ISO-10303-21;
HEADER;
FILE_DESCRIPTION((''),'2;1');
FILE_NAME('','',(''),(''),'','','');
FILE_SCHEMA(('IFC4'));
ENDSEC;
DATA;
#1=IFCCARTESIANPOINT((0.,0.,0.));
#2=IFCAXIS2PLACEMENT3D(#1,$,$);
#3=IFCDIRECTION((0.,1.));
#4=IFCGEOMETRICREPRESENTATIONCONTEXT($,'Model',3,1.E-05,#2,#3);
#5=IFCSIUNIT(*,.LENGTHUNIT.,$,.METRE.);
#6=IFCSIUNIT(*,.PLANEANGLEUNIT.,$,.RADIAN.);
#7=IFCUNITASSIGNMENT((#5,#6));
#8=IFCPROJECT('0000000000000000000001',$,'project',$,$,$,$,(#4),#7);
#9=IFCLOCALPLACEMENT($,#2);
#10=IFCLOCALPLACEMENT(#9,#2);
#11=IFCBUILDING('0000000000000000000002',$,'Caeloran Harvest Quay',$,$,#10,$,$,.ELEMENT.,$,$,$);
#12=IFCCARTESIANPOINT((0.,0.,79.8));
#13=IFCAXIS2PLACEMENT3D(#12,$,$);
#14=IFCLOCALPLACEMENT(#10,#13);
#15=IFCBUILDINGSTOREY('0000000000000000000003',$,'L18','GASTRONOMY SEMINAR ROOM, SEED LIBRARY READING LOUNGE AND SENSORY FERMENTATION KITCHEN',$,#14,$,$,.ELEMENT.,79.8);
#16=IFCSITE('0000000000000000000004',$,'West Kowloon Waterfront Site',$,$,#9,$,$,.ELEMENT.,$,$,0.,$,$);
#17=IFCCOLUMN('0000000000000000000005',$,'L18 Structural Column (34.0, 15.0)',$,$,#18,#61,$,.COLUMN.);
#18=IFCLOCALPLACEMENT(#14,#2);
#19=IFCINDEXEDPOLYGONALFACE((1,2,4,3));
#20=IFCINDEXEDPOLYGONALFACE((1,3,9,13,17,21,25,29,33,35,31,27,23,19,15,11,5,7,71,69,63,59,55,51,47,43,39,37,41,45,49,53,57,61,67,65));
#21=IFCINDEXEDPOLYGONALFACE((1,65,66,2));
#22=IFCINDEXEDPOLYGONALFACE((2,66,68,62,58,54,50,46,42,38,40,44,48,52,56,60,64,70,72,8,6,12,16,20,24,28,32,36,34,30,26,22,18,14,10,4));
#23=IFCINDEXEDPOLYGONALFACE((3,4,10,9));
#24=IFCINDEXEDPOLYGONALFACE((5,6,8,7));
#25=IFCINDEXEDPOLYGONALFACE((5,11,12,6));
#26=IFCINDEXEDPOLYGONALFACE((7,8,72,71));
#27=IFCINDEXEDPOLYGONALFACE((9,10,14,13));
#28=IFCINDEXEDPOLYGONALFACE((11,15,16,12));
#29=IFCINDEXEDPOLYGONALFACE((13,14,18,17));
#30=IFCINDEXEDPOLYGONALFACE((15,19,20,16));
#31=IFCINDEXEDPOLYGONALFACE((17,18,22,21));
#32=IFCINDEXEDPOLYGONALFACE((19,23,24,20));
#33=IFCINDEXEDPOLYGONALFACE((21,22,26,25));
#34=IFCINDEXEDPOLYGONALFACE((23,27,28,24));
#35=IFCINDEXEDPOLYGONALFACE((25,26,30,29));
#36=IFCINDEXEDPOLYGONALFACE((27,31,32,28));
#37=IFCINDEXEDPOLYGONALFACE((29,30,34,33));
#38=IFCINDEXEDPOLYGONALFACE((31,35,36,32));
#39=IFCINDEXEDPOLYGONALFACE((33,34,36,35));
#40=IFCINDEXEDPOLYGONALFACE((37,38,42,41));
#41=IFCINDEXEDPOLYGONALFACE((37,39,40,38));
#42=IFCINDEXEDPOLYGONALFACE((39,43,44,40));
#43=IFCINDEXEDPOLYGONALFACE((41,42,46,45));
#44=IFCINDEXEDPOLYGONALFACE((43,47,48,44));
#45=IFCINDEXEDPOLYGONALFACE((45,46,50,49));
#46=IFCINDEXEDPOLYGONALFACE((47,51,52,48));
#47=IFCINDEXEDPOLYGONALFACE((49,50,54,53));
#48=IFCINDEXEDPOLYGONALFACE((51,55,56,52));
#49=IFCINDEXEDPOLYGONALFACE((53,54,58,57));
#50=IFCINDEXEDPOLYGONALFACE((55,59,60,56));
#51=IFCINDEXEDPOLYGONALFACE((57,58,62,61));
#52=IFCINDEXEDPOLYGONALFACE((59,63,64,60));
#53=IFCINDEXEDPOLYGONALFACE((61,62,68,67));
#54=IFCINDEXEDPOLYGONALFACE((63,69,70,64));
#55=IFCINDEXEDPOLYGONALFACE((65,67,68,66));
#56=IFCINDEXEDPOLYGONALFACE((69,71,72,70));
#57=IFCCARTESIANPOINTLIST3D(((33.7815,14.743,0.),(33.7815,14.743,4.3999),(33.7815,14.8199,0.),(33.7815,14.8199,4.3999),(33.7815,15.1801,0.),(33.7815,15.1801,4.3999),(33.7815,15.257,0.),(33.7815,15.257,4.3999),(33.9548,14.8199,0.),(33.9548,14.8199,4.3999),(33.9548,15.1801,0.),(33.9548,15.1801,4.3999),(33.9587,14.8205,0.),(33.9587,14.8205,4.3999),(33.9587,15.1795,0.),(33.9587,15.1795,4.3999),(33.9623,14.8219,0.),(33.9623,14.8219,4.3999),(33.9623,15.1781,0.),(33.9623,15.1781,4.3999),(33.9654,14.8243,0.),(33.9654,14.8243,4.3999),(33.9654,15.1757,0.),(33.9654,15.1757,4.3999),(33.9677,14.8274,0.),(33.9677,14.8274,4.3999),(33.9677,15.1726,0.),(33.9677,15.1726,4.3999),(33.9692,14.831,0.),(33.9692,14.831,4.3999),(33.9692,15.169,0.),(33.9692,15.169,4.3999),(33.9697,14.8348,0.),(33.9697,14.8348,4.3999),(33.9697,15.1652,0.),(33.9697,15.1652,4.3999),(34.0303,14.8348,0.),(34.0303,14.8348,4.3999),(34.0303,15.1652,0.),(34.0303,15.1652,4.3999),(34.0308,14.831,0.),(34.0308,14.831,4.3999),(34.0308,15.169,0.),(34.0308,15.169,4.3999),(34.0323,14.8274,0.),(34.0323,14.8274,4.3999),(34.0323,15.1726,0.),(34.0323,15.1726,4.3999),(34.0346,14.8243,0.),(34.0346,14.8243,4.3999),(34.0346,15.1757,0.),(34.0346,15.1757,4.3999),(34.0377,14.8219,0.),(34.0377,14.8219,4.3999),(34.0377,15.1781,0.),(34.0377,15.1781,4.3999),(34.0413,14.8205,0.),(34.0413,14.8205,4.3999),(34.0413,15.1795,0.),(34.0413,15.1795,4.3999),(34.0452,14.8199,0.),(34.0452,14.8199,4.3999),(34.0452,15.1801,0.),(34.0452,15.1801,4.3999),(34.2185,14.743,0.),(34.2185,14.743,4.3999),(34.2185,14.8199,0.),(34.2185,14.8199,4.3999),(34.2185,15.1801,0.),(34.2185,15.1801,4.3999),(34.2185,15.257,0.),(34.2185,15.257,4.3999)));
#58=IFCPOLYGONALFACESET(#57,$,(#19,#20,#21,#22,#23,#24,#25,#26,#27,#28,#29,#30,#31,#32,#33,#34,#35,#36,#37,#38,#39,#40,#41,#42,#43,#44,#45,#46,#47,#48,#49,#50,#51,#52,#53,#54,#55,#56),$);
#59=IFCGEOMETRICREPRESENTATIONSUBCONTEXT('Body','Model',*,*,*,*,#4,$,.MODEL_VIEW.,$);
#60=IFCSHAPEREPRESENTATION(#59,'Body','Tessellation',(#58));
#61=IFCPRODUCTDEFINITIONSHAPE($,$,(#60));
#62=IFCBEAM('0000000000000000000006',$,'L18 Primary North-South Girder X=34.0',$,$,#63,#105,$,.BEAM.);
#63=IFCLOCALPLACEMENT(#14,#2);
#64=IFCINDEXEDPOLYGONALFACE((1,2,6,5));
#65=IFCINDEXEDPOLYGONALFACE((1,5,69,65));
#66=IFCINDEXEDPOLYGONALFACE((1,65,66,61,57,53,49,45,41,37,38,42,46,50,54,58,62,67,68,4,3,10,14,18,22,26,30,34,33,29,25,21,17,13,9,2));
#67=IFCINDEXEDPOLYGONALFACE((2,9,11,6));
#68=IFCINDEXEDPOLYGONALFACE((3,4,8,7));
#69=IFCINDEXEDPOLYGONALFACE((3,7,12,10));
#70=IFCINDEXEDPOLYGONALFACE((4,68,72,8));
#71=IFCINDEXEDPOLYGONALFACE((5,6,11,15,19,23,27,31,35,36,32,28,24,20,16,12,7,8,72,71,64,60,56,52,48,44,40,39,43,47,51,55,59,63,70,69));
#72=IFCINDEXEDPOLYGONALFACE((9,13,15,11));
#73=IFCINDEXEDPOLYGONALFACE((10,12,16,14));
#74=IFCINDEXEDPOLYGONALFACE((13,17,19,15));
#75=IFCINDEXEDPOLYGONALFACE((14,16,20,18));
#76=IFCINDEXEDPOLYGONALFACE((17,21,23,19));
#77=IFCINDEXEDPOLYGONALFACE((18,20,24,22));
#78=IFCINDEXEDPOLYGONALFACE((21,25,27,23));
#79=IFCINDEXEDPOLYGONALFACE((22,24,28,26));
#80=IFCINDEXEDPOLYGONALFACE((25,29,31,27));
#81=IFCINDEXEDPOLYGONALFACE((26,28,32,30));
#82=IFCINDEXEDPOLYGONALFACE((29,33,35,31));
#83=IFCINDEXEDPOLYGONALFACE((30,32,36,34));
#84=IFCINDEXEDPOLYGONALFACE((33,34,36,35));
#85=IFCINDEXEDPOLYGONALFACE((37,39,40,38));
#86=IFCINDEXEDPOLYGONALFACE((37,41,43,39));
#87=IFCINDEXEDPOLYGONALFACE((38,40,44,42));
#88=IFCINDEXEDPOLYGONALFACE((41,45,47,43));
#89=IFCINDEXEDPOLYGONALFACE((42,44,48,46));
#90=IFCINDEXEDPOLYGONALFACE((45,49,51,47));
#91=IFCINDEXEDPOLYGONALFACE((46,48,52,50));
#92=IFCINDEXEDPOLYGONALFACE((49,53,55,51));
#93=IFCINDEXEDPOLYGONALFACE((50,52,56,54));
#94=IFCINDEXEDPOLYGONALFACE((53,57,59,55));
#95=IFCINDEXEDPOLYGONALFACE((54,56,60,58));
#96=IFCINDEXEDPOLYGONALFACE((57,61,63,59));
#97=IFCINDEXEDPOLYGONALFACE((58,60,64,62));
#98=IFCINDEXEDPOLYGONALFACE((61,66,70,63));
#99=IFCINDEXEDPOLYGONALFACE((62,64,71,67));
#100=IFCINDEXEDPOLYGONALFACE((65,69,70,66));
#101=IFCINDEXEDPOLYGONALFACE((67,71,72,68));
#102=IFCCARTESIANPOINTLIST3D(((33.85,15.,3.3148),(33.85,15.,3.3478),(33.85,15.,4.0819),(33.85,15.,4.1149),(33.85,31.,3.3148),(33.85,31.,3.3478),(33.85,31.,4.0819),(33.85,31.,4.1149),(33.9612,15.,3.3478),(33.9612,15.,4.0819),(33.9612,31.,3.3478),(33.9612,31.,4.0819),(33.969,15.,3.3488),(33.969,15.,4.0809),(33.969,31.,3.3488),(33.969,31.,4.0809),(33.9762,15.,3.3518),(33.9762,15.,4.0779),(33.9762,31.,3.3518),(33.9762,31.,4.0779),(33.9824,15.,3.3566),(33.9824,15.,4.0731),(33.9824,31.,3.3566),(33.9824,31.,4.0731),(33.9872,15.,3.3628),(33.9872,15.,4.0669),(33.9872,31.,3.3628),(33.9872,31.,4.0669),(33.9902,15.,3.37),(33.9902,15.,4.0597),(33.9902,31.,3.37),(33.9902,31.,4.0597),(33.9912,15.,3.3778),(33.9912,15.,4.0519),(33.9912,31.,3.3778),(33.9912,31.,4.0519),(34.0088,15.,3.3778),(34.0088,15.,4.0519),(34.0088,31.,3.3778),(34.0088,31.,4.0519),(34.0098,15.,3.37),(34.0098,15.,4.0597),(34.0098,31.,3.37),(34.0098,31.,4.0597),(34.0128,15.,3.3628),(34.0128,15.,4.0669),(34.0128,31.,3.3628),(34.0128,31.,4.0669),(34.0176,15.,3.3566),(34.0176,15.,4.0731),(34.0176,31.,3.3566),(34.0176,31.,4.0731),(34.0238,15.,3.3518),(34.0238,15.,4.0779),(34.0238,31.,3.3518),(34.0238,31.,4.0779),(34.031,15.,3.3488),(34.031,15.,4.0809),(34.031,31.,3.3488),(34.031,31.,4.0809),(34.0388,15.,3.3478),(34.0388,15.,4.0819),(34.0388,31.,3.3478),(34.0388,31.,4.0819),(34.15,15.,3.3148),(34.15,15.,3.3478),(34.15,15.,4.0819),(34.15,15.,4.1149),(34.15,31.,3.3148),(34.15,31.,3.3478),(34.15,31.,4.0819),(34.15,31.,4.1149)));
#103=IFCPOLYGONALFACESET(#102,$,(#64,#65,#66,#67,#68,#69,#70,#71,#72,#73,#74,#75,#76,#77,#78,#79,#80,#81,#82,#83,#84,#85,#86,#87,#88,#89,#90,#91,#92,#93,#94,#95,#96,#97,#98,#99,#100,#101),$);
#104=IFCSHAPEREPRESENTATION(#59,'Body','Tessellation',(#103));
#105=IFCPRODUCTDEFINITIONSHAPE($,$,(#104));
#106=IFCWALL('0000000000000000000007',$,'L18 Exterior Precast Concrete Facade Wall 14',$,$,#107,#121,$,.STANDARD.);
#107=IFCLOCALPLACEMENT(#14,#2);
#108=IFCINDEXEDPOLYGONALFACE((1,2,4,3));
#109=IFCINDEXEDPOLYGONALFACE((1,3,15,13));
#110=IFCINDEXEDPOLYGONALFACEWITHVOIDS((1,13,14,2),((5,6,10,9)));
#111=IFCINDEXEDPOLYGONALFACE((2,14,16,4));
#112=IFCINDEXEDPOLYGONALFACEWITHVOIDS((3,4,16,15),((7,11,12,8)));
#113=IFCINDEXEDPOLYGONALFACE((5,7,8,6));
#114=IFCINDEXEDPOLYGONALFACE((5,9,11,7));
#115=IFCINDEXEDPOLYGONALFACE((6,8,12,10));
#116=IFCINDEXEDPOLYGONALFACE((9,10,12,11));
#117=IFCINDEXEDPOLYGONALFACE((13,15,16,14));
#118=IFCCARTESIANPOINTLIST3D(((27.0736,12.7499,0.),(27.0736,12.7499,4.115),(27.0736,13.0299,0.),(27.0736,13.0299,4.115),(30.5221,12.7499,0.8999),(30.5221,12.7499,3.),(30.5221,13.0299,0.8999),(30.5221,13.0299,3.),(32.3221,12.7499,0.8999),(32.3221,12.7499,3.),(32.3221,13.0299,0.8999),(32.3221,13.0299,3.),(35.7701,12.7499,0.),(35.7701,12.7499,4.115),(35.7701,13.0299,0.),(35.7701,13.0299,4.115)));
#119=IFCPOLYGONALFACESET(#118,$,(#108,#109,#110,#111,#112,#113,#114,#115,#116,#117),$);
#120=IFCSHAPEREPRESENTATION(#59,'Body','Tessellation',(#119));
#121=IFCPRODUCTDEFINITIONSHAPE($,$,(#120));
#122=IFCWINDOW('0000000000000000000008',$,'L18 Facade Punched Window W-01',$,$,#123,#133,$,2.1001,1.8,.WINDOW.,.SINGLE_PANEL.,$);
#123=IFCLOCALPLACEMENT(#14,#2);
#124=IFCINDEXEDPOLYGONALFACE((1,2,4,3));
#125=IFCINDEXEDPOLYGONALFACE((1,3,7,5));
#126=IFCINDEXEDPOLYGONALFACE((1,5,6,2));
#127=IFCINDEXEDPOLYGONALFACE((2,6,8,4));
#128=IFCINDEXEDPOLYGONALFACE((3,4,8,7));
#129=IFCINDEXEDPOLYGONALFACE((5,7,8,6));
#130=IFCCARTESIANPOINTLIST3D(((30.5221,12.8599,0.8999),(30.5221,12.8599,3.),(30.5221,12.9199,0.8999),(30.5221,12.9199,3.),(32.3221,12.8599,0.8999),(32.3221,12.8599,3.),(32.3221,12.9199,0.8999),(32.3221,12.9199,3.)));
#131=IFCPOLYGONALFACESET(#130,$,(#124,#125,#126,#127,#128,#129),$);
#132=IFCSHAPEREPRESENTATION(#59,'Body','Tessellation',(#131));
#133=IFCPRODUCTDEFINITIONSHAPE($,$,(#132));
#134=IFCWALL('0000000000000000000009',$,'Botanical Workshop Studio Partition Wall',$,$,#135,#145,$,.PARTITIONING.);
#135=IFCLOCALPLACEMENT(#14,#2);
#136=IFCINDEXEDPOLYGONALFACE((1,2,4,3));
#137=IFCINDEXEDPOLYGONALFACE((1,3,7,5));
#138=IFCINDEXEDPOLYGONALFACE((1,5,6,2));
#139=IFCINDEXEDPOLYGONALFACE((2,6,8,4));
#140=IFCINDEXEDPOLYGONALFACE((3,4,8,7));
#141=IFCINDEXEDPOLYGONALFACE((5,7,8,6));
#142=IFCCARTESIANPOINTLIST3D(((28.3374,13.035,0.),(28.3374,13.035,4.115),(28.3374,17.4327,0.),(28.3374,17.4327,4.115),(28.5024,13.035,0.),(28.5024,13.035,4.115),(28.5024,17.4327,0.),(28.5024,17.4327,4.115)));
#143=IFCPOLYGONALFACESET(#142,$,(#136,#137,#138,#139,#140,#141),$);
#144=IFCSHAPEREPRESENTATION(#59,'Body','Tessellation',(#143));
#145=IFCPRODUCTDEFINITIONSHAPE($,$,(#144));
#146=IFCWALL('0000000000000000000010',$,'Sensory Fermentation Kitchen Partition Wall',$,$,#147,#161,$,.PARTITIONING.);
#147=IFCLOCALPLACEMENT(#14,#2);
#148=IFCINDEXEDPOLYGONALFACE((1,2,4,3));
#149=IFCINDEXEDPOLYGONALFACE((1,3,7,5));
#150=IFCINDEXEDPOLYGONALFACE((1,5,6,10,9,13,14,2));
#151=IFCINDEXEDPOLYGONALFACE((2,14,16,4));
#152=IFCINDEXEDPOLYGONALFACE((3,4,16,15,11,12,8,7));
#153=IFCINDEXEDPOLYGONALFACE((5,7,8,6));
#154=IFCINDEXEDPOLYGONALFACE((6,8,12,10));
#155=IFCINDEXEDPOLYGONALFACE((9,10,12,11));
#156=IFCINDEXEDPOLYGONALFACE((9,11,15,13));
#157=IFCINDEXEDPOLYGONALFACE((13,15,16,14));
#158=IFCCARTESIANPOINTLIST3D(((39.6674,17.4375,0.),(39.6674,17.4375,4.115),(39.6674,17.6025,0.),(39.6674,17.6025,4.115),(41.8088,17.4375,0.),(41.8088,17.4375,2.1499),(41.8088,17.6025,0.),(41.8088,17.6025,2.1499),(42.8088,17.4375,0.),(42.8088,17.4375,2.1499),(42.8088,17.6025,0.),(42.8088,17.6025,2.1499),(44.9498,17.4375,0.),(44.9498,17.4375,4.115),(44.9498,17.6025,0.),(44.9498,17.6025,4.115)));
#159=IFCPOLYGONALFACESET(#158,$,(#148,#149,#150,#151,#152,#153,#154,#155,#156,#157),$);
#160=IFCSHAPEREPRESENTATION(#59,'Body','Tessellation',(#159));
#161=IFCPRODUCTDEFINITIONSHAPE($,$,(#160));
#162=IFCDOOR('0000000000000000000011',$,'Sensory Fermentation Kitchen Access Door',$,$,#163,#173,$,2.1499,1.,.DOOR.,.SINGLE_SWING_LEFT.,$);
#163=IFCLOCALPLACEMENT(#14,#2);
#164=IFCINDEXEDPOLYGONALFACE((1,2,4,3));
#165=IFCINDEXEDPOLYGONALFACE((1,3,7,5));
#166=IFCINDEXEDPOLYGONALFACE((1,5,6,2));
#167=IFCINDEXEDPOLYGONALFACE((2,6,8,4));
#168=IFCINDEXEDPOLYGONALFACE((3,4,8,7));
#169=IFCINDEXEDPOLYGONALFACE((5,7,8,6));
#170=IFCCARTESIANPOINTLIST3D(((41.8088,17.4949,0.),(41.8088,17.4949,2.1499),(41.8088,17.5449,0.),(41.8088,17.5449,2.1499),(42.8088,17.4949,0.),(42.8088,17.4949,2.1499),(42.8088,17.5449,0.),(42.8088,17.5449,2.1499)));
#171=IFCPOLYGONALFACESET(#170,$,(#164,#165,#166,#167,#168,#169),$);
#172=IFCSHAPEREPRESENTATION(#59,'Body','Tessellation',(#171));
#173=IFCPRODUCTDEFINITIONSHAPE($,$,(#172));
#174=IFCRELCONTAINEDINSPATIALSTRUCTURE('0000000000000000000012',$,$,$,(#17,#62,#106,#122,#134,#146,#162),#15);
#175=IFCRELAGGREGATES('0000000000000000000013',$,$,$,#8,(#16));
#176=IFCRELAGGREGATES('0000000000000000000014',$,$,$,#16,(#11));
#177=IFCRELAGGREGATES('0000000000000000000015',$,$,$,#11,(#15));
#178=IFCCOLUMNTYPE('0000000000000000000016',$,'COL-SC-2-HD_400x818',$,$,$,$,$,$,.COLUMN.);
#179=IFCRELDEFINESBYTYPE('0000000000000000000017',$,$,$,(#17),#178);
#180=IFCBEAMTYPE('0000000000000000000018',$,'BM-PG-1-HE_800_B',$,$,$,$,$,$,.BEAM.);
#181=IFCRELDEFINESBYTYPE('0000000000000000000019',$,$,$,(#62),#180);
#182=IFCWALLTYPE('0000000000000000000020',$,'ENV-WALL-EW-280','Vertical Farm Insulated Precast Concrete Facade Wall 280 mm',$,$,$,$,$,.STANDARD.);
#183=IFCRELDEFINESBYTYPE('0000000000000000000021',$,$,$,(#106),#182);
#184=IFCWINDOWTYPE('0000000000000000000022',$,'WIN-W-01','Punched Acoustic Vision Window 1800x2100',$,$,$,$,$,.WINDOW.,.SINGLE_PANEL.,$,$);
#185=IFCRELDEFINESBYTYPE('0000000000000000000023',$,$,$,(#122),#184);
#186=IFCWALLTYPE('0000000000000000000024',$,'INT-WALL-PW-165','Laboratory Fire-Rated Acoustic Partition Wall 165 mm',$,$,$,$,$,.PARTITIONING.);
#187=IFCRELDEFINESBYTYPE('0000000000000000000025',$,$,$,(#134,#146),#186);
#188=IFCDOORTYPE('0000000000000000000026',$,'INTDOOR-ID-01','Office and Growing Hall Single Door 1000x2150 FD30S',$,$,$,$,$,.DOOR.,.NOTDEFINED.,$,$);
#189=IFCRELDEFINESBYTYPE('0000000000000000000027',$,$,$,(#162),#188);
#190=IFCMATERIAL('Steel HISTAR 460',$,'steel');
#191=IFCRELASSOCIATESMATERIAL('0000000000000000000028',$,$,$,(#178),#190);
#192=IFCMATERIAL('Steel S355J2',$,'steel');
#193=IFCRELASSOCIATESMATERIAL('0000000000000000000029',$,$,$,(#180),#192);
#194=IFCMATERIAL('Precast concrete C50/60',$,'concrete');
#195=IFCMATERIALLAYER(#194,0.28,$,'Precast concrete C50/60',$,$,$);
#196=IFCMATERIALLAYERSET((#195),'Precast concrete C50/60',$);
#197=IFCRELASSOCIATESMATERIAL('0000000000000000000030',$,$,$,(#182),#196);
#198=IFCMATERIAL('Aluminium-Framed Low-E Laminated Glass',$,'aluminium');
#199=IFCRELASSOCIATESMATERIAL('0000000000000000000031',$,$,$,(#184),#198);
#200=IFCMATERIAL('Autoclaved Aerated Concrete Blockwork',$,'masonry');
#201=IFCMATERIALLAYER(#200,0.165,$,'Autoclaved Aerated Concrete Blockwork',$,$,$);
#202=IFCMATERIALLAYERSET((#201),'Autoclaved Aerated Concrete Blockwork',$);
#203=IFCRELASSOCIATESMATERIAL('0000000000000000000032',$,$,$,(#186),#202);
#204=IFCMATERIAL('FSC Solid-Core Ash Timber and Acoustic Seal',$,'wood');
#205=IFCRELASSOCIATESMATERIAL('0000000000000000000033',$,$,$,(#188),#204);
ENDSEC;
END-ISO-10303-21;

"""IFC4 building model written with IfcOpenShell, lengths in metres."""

from ifc_helpers import new_model, si_unit, direction, frame, frame_2d, origin, origin_2d, place, context, subcontext, project, spatial, rectangle, i_section, extrude, material, layer, layer_set, material_profile, profile_set, type_object, element, fill, save


model = new_model("IFC4")

# Units and contexts
model_context = context("Model", 3, precision=1e-05, world=origin(), true_north=direction((0.0, 1.0)))
body_context = subcontext(model_context, "Body", "Model", "MODEL_VIEW")
ifc_project = project(units=[si_unit("LENGTHUNIT", "METRE"), si_unit("PLANEANGLEUNIT", "RADIAN")], contexts=[model_context])

# Site, building, storey
site_placement = place(None, origin())
site = spatial("IfcSite", under=ifc_project, at=site_placement, Name="West Kowloon Waterfront Site", CompositionType="ELEMENT", RefElevation=0.0)
building_placement = place(site_placement, origin())
building = spatial("IfcBuilding", under=site, at=building_placement, Name="Caeloran Harvest Quay", CompositionType="ELEMENT")
storey_placement = place(building_placement, frame((0.0, 0.0, 79.8)))
storey = spatial("IfcBuildingStorey", under=building, at=storey_placement, Name="L18", Description="GASTRONOMY SEMINAR ROOM, SEED LIBRARY READING LOUNGE AND SENSORY FERMENTATION KITCHEN", CompositionType="ELEMENT", Elevation=79.8)

# Column
ifc_material_1 = material(Name="Steel HISTAR 460", Category="steel")
ifc_material_profile_1 = material_profile(ifc_material_1, i_section(OverallWidth=0.437, OverallDepth=0.5139, WebThickness=0.0605, FlangeThickness=0.0769, FilletRadius=0.0149, at=origin_2d()), Name="HD 400x818")
ifc_profile_set_1 = profile_set([ifc_material_profile_1], Name="Steel HISTAR 460")
column_type = type_object("IfcColumnType", Name="COL-SC-2-HD_400x818", PredefinedType="COLUMN", material=ifc_profile_set_1)
column_placement = place(storey_placement, frame((34.0, 15.0, 0.0), z_axis=(0.0, 0.0, 1.0), x_axis=(1.0, 0.0, 0.0)))
element("IfcColumn", 1, at=column_placement, inside=storey, type_object=column_type, Name="L18 Structural Column (34.0, 15.0)", PredefinedType="COLUMN", context=body_context, shape_type="SweptSolid", body=[
    extrude(i_section(OverallWidth=0.437, OverallDepth=0.5139, WebThickness=0.0605, FlangeThickness=0.0769, FilletRadius=0.0149, at=origin_2d()), origin(), (0.0, 0.0, 1.0), 4.3999),
])

# Beam
ifc_material_2 = material(Name="Steel S355J2", Category="steel")
ifc_material_profile_2 = material_profile(ifc_material_2, i_section(OverallWidth=0.3, OverallDepth=0.8, WebThickness=0.0176, FlangeThickness=0.033, FilletRadius=0.03, at=origin_2d()), Name="HE 800 B")
ifc_profile_set_2 = profile_set([ifc_material_profile_2], Name="Steel S355J2")
beam_type = type_object("IfcBeamType", Name="BM-PG-1-HE_800_B", PredefinedType="BEAM", material=ifc_profile_set_2)
beam_placement = place(storey_placement, frame((34.0, 15.0, 3.7148), z_axis=(0.0, 1.0, 0.0), x_axis=(-1.0, 0.0, 0.0)))
element("IfcBeam", 2, at=beam_placement, inside=storey, type_object=beam_type, Name="L18 Primary North-South Girder X=34.0", PredefinedType="BEAM", context=body_context, shape_type="SweptSolid", body=[
    extrude(i_section(OverallWidth=0.3, OverallDepth=0.8, WebThickness=0.0176, FlangeThickness=0.033, FilletRadius=0.03, at=origin_2d()), origin(), (0.0, 0.0, 1.0), 16.0),
])

# Wall, opening, window
ifc_material_3 = material(Name="Precast concrete C50/60", Category="concrete")
ifc_layer_1 = layer(ifc_material_3, 0.28, Name="Precast concrete C50/60")
ifc_layer_set_1 = layer_set([ifc_layer_1], Name="Precast concrete C50/60")
wall_type_1 = type_object("IfcWallType", Name="ENV-WALL-EW-280", Description="Vertical Farm Insulated Precast Concrete Facade Wall 280 mm", PredefinedType="STANDARD", material=ifc_layer_set_1)
wall_1_placement = place(storey_placement, frame((35.77, 12.8899, 0.0), z_axis=(0.0, 0.0, 1.0), x_axis=(-1.0, 0.0, 0.0)))
wall_1 = element("IfcWall", 3, at=wall_1_placement, inside=storey, type_object=wall_type_1, Name="L18 Exterior Precast Concrete Facade Wall 14", PredefinedType="STANDARD", context=body_context, shape_type="SweptSolid", body=[
    extrude(rectangle(XDim=8.6965, YDim=0.28, at=frame_2d((4.3481, 0.0))), origin(), (0.0, 0.0, 1.0), 4.115),
])
opening_1_placement = place(wall_1_placement, frame((3.448, 0.0, 0.8999)))
opening_1 = element("IfcOpeningElement", 4, at=opening_1_placement, cuts=wall_1, PredefinedType="OPENING", context=body_context, shape_type="SweptSolid", body=[
    extrude(rectangle(XDim=1.8, YDim=2.1001, at=frame_2d((0.8999, 1.05))), frame((0.0, 0.1499, 0.0), z_axis=(0.0, -1.0, 0.0), x_axis=(1.0, 0.0, 0.0)), (0.0, 0.0, 1.0), 0.3),
])
ifc_material_4 = material(Name="Aluminium-Framed Low-E Laminated Glass", Category="aluminium")
window_type = type_object("IfcWindowType", Name="WIN-W-01", Description="Punched Acoustic Vision Window 1800x2100", PartitioningType="SINGLE_PANEL", PredefinedType="WINDOW", material=ifc_material_4)
window_placement = place(opening_1_placement, origin())
window = element("IfcWindow", 5, at=window_placement, inside=storey, type_object=window_type, Name="L18 Facade Punched Window W-01", OverallHeight=2.1001, OverallWidth=1.8, PartitioningType="SINGLE_PANEL", PredefinedType="WINDOW", context=body_context, shape_type="SweptSolid", body=[
    extrude(rectangle(XDim=1.8, YDim=2.1001, at=frame_2d((0.8999, 1.05))), frame((0.0, 0.03, 0.0), z_axis=(0.0, -1.0, 0.0), x_axis=(1.0, 0.0, 0.0)), (0.0, 0.0, 1.0), 0.0601),
])
fill(opening_1, window)

# Wall
ifc_material_5 = material(Name="Autoclaved Aerated Concrete Blockwork", Category="masonry")
ifc_layer_2 = layer(ifc_material_5, 0.165, Name="Autoclaved Aerated Concrete Blockwork")
ifc_layer_set_2 = layer_set([ifc_layer_2], Name="Autoclaved Aerated Concrete Blockwork")
wall_type_2 = type_object("IfcWallType", Name="INT-WALL-PW-165", Description="Laboratory Fire-Rated Acoustic Partition Wall 165 mm", PredefinedType="PARTITIONING", material=ifc_layer_set_2)
wall_2_placement = place(storey_placement, frame((28.4199, 17.4326, 0.0), z_axis=(0.0, 0.0, 1.0), x_axis=(0.0, -1.0, 0.0)))
element("IfcWall", 6, at=wall_2_placement, inside=storey, type_object=wall_type_2, Name="Botanical Workshop Studio Partition Wall", PredefinedType="PARTITIONING", context=body_context, shape_type="SweptSolid", body=[
    extrude(rectangle(XDim=4.3977, YDim=0.165, at=frame_2d((2.1987, 0.0))), origin(), (0.0, 0.0, 1.0), 4.115),
])

# Wall, opening, door
wall_3_placement = place(storey_placement, frame((39.6675, 17.52, 0.0), z_axis=(0.0, 0.0, 1.0), x_axis=(1.0, 0.0, 0.0)))
wall_3 = element("IfcWall", 7, at=wall_3_placement, inside=storey, type_object=wall_type_2, Name="Sensory Fermentation Kitchen Partition Wall", PredefinedType="PARTITIONING", context=body_context, shape_type="SweptSolid", body=[
    extrude(rectangle(XDim=5.2825, YDim=0.165, at=frame_2d((2.6411, 0.0))), origin(), (0.0, 0.0, 1.0), 4.115),
])
opening_2_placement = place(wall_3_placement, frame((2.1414, 0.0, 0.0)))
opening_2 = element("IfcOpeningElement", 8, at=opening_2_placement, cuts=wall_3, PredefinedType="OPENING", context=body_context, shape_type="SweptSolid", body=[
    extrude(rectangle(XDim=1.0, YDim=2.1499, at=frame_2d((0.5, 1.075))), frame((0.0, 0.0925, 0.0), z_axis=(0.0, -1.0, 0.0), x_axis=(1.0, 0.0, 0.0)), (0.0, 0.0, 1.0), 0.1851),
])
ifc_material_6 = material(Name="FSC Solid-Core Ash Timber and Acoustic Seal", Category="wood")
door_type_1 = type_object("IfcDoorType", Name="INTDOOR-ID-01", Description="Office and Growing Hall Single Door 1000x2150 FD30S", OperationType="NOTDEFINED", PredefinedType="DOOR", material=ifc_material_6)
door_1_placement = place(opening_2_placement, origin())
door_1 = element("IfcDoor", 9, at=door_1_placement, inside=storey, type_object=door_type_1, Name="Sensory Fermentation Kitchen Access Door", OperationType="SINGLE_SWING_LEFT", OverallHeight=2.1499, OverallWidth=1.0, PredefinedType="DOOR", context=body_context, shape_type="SweptSolid", body=[
    extrude(rectangle(XDim=1.0, YDim=2.1499, at=frame_2d((0.5, 1.075))), frame((0.0, 0.0249, 0.0), z_axis=(0.0, -1.0, 0.0), x_axis=(1.0, 0.0, 0.0)), (0.0, 0.0, 1.0), 0.05),
])
fill(opening_2, door_1)

save(model, "model.ifc")
